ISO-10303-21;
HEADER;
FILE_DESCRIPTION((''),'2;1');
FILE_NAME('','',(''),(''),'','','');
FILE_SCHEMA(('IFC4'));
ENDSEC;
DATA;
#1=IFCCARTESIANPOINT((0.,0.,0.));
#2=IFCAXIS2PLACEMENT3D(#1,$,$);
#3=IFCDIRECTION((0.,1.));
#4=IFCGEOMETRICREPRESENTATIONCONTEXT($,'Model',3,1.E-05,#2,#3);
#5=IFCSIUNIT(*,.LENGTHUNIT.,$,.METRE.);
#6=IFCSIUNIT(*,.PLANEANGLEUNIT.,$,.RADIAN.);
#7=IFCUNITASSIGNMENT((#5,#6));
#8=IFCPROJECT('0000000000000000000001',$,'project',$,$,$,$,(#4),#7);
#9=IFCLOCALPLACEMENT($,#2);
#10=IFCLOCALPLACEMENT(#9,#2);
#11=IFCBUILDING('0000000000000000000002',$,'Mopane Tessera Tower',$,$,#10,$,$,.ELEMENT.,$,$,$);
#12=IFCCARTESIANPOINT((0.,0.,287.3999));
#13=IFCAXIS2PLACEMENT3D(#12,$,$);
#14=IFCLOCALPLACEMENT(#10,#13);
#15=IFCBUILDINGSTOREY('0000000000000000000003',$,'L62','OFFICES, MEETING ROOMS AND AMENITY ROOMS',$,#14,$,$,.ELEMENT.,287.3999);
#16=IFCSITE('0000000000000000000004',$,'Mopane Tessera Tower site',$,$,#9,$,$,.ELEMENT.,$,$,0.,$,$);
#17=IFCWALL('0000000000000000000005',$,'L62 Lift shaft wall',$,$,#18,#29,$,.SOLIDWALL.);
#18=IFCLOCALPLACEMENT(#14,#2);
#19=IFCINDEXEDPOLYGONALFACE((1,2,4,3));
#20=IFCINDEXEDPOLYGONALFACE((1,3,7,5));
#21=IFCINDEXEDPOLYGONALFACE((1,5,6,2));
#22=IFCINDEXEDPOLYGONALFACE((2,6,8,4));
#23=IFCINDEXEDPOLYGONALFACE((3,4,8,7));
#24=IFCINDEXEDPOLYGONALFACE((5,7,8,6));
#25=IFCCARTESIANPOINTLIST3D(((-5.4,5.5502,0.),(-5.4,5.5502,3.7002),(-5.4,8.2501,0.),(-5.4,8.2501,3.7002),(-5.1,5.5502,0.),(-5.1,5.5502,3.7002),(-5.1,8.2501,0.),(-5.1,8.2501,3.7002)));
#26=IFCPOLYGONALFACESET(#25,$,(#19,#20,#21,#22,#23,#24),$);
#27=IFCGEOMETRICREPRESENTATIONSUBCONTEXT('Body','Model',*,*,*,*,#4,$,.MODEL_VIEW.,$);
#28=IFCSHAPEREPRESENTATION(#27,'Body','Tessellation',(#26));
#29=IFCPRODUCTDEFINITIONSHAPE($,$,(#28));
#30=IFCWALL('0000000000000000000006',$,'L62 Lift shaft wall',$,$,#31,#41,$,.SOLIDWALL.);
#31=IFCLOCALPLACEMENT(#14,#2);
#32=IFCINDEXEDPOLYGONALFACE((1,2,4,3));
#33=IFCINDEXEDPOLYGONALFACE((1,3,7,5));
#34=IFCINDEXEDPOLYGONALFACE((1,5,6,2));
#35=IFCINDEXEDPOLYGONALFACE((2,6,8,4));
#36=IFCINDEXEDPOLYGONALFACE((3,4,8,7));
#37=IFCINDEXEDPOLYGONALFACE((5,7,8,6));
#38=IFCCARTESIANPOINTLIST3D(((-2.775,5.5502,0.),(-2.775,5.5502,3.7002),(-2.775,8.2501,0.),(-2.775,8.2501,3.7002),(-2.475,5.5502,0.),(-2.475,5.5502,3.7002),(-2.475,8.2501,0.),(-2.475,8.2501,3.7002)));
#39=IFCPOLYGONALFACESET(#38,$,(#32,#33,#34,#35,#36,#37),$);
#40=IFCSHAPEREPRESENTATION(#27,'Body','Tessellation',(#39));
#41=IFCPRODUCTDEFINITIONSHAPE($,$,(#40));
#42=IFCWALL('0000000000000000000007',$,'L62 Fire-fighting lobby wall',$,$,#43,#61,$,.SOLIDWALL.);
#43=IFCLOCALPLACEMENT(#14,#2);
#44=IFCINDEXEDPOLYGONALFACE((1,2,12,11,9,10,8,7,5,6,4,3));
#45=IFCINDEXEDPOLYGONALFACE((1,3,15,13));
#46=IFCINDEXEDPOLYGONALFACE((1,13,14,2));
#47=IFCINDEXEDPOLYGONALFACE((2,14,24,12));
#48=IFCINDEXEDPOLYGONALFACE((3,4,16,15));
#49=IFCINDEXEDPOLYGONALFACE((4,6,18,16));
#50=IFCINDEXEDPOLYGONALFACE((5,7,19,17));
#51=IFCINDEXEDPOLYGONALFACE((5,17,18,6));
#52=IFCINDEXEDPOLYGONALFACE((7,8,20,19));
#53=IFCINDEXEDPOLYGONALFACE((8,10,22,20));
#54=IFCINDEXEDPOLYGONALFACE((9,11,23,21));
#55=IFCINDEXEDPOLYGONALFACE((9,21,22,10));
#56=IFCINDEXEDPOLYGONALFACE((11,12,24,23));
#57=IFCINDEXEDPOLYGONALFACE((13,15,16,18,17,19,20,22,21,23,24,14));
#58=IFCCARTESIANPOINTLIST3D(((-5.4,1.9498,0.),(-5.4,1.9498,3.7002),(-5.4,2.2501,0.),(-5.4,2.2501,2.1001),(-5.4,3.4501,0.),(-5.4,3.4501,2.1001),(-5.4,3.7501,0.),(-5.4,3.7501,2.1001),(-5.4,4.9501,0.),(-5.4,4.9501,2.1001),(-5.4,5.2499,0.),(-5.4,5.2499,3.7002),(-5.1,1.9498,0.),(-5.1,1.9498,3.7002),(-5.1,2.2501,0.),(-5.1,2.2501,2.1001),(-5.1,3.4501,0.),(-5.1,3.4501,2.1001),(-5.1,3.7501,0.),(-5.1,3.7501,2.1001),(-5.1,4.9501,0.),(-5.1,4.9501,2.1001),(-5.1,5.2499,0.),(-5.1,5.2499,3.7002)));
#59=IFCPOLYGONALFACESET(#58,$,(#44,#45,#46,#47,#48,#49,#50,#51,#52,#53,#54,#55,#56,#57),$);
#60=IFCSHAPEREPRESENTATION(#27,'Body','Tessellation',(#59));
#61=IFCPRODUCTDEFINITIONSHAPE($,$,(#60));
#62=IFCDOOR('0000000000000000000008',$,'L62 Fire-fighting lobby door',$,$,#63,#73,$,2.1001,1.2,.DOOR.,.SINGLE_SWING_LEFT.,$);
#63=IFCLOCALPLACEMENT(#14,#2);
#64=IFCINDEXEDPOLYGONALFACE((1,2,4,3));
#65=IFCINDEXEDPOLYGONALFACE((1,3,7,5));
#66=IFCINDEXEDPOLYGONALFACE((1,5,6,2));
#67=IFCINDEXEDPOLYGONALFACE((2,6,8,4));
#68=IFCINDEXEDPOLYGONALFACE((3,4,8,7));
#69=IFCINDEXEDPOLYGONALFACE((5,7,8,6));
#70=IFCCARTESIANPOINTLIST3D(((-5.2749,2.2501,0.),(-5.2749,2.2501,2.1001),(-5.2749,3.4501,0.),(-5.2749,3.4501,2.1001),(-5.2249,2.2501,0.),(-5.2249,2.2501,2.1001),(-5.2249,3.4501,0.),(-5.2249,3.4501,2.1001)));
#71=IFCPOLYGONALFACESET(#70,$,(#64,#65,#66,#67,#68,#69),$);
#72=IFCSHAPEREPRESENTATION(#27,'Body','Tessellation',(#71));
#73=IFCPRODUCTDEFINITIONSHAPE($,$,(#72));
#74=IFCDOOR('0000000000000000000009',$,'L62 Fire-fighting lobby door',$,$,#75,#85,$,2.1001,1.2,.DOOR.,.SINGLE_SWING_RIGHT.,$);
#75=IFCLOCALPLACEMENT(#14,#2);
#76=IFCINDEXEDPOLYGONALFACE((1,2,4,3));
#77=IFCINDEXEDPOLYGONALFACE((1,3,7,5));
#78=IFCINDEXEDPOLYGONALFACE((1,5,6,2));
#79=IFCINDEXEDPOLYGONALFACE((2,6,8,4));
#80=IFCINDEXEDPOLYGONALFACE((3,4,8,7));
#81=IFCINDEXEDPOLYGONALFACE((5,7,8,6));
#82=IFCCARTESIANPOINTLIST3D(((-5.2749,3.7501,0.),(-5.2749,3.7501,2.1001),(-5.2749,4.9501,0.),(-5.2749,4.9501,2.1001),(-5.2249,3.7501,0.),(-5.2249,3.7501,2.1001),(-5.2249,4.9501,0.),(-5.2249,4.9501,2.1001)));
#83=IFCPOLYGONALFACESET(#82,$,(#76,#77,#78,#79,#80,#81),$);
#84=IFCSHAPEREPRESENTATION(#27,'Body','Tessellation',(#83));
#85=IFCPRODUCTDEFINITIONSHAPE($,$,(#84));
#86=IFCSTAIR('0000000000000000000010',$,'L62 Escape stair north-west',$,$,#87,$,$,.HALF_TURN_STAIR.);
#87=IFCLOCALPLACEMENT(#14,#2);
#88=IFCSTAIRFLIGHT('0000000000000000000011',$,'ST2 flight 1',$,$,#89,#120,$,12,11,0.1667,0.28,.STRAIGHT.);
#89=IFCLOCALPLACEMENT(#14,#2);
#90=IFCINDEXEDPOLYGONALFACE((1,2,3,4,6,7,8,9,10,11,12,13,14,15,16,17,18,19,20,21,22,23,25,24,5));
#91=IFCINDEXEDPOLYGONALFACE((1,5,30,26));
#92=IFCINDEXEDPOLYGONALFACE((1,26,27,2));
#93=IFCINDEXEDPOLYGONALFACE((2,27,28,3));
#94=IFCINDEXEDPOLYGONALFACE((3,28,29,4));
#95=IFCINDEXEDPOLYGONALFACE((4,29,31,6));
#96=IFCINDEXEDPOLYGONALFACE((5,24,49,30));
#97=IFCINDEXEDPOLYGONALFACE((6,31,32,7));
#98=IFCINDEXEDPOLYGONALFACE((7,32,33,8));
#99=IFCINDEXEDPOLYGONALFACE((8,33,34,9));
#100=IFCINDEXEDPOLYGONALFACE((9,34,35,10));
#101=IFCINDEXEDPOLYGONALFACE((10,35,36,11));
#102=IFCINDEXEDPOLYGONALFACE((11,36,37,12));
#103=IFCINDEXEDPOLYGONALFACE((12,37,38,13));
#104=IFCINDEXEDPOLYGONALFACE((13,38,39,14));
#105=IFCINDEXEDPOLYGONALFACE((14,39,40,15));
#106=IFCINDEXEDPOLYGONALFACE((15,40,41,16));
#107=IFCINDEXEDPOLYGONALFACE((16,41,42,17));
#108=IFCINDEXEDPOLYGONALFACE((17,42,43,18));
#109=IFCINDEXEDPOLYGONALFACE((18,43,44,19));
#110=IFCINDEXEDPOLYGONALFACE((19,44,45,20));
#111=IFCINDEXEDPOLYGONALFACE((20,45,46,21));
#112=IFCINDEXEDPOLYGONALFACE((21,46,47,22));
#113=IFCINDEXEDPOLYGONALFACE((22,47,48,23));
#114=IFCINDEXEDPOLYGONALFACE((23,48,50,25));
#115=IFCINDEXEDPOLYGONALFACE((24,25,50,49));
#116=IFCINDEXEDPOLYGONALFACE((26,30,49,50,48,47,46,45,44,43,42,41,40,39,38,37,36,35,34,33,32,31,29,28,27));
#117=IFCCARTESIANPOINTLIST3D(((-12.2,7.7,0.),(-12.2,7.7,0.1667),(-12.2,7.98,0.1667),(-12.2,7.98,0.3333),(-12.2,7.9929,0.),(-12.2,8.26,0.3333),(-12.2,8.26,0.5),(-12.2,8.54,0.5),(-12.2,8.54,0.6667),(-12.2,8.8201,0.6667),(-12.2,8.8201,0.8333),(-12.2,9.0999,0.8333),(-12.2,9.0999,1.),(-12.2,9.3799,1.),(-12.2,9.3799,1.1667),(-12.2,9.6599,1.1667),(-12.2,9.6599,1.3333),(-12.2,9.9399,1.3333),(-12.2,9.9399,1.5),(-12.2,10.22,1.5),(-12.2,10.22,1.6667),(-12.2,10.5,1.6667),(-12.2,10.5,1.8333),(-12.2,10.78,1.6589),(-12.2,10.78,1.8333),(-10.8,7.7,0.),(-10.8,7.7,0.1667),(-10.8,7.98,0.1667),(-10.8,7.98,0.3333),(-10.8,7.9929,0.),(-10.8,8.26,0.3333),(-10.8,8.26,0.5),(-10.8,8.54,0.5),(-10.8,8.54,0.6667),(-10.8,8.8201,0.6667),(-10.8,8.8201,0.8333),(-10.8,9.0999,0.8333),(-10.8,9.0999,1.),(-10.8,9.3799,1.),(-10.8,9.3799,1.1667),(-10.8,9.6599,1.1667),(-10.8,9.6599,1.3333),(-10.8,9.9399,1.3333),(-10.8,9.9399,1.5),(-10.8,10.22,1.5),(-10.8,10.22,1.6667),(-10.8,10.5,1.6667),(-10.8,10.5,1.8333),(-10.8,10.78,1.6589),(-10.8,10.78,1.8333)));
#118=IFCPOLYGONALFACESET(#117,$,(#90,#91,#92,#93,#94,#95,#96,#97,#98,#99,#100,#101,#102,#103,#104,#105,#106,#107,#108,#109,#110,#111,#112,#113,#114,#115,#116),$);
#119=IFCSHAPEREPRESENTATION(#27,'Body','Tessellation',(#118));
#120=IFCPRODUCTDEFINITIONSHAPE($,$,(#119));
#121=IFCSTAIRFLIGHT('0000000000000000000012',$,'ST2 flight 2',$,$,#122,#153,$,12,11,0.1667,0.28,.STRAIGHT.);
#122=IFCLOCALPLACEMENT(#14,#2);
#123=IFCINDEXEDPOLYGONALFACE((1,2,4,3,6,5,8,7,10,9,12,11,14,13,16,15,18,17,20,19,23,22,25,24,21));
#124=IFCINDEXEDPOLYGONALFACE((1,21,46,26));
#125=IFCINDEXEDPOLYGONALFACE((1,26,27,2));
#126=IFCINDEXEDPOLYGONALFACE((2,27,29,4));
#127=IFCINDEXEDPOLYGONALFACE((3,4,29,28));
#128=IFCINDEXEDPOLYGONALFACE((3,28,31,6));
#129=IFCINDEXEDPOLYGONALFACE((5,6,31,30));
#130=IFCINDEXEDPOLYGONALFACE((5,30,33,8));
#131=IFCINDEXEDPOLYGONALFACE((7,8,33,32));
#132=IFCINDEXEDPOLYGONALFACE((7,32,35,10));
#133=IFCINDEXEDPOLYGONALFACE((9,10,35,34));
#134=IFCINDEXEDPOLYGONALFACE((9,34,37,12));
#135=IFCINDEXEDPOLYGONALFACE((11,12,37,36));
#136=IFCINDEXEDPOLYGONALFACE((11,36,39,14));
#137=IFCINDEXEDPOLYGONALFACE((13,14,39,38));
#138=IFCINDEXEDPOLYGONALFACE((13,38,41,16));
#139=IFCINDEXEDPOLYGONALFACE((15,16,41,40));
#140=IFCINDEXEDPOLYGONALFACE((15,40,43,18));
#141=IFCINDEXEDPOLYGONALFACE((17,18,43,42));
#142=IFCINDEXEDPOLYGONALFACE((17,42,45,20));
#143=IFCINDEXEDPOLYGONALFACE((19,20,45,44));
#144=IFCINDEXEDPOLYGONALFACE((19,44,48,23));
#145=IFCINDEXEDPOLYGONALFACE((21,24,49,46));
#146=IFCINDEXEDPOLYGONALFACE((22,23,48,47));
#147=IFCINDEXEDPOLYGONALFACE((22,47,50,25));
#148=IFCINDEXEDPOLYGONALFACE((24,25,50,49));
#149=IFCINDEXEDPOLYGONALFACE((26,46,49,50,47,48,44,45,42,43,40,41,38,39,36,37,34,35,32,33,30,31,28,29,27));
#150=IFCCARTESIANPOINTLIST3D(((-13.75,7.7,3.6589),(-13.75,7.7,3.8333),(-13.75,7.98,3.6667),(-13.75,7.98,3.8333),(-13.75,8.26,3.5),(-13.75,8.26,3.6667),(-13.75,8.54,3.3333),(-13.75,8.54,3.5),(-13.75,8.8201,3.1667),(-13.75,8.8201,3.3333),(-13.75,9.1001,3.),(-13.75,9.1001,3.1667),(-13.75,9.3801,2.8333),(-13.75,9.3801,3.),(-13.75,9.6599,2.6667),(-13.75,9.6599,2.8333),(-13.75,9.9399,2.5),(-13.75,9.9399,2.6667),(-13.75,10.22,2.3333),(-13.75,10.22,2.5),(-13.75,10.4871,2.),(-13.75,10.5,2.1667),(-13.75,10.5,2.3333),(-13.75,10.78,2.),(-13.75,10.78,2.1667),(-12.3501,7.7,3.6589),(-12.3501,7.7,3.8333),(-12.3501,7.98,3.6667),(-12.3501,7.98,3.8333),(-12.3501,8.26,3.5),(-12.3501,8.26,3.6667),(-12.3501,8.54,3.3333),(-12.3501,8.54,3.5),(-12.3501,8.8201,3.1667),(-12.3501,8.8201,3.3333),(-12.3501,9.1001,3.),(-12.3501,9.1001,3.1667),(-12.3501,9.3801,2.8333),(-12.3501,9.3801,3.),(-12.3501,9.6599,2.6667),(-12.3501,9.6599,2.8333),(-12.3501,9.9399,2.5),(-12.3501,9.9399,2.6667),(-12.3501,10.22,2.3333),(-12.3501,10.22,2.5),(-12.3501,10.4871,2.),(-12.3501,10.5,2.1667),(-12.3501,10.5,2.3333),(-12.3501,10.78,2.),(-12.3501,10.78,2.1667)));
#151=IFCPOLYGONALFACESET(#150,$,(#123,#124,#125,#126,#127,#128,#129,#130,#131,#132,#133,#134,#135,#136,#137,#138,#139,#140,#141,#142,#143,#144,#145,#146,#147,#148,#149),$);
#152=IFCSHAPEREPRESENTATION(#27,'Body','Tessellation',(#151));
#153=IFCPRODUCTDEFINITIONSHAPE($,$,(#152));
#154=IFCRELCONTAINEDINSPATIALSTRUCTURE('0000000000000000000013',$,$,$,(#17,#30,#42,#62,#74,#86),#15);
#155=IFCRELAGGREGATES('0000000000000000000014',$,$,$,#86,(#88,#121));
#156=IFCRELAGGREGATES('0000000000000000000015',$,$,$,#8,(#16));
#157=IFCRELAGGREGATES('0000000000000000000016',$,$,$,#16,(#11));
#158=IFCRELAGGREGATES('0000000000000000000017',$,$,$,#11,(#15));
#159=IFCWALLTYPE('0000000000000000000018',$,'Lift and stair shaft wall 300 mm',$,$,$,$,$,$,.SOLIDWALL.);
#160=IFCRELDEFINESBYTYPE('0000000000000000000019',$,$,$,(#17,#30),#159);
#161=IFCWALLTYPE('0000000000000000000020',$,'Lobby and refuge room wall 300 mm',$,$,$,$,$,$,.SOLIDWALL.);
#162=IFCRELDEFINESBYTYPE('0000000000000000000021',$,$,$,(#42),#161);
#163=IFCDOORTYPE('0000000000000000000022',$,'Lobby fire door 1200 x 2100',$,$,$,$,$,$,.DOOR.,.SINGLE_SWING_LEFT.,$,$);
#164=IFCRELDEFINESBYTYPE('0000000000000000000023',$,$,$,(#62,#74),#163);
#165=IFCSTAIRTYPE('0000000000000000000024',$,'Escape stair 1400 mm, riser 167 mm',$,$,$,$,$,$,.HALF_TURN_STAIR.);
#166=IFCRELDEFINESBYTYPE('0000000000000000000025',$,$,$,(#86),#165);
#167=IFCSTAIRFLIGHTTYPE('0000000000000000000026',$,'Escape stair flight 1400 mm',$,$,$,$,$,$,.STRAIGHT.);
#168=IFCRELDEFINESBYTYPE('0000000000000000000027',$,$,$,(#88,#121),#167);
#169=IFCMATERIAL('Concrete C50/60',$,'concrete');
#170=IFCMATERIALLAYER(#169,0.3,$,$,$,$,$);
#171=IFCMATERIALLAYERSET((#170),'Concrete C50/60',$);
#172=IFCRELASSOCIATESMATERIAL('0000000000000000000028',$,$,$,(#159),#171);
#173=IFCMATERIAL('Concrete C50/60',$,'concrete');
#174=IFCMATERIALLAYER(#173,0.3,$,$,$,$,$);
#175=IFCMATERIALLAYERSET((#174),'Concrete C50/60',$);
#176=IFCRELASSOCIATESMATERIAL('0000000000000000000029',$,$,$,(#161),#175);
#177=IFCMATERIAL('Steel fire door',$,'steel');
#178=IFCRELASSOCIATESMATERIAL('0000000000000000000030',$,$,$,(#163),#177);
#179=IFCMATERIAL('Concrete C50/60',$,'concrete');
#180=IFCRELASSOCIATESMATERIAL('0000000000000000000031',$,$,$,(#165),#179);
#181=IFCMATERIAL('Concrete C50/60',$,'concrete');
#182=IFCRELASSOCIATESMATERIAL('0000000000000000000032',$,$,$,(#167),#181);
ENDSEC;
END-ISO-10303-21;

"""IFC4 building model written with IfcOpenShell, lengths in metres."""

from ifc_helpers import new_model, si_unit, direction, frame, frame_2d, origin, place, context, subcontext, project, spatial, polyline, rectangle, outline, extrude, material, layer, layer_set, type_object, element, fill, aggregate, save


model = new_model("IFC4")

# Units and contexts
model_context = context("Model", 3, precision=1e-05, world=origin(), true_north=direction((0.0, 1.0)))
body_context = subcontext(model_context, "Body", "Model", "MODEL_VIEW")
ifc_project = project(units=[si_unit("LENGTHUNIT", "METRE"), si_unit("PLANEANGLEUNIT", "RADIAN")], contexts=[model_context])

# Site, building, storey
site_placement = place(None, origin())
site = spatial("IfcSite", under=ifc_project, at=site_placement, Name="Mopane Tessera Tower site", CompositionType="ELEMENT", RefElevation=0.0)
building_placement = place(site_placement, origin())
building = spatial("IfcBuilding", under=site, at=building_placement, Name="Mopane Tessera Tower", CompositionType="ELEMENT")
storey_placement = place(building_placement, frame((0.0, 0.0, 287.3999)))
storey = spatial("IfcBuildingStorey", under=building, at=storey_placement, Name="L62", Description="OFFICES, MEETING ROOMS AND AMENITY ROOMS", CompositionType="ELEMENT", Elevation=287.3999)

# Shared definitions
ifc_material_1 = material(Name="Concrete C50/60", Category="concrete")
ifc_layer_1 = layer(ifc_material_1, 0.3)
ifc_layer_set_1 = layer_set([ifc_layer_1], Name="Concrete C50/60")
wall_type_1 = type_object("IfcWallType", Name="Lift and stair shaft wall 300 mm", PredefinedType="SOLIDWALL", material=ifc_layer_set_1)

# Walls
for number, where, z_axis, x_axis, name in (
    (1, (-5.25, 5.55, 0.0), (0.0, 0.0, 1.0), (0.0, 1.0, 0.0), "L62 Lift shaft wall"),
    (2, (-2.625, 5.55, 0.0), (0.0, 0.0, 1.0), (0.0, 1.0, 0.0), "L62 Lift shaft wall"),
):
    element("IfcWall", number, at=place(storey_placement, frame(where, z_axis=z_axis, x_axis=x_axis)), inside=storey, type_object=wall_type_1, Name=name, PredefinedType="SOLIDWALL", context=body_context, shape_type="SweptSolid", body=[
        extrude(rectangle(XDim=2.7, YDim=0.3, at=frame_2d((1.3501, 0.0))), origin(), (0.0, 0.0, 1.0), 3.7002),
    ])

# Wall, openings, doors
ifc_material_2 = material(Name="Concrete C50/60", Category="concrete")
ifc_layer_2 = layer(ifc_material_2, 0.3)
ifc_layer_set_2 = layer_set([ifc_layer_2], Name="Concrete C50/60")
wall_type_2 = type_object("IfcWallType", Name="Lobby and refuge room wall 300 mm", PredefinedType="SOLIDWALL", material=ifc_layer_set_2)
wall_1_placement = place(storey_placement, frame((-5.25, 1.95, 0.0), z_axis=(0.0, 0.0, 1.0), x_axis=(0.0, 1.0, 0.0)))
wall_1 = element("IfcWall", 3, at=wall_1_placement, inside=storey, type_object=wall_type_2, Name="L62 Fire-fighting lobby wall", PredefinedType="SOLIDWALL", context=body_context, shape_type="SweptSolid", body=[
    extrude(rectangle(XDim=3.3, YDim=0.3, at=frame_2d((1.6499, 0.0))), origin(), (0.0, 0.0, 1.0), 3.7002),
])
opening_1_placement = place(wall_1_placement, frame((0.3, 0.0, 0.0)))
opening_1 = element("IfcOpeningElement", 4, at=opening_1_placement, cuts=wall_1, PredefinedType="OPENING", context=body_context, shape_type="SweptSolid", body=[
    extrude(rectangle(XDim=1.2, YDim=2.1001, at=frame_2d((0.6001, 1.05))), frame((0.0, 0.1621, 0.0), z_axis=(0.0, -1.0, 0.0), x_axis=(1.0, 0.0, 0.0)), (0.0, 0.0, 1.0), 0.324),
])
opening_2_placement = place(wall_1_placement, frame((1.8, 0.0, 0.0)))
opening_2 = element("IfcOpeningElement", 5, at=opening_2_placement, cuts=wall_1, PredefinedType="OPENING", context=body_context, shape_type="SweptSolid", body=[
    extrude(rectangle(XDim=1.2, YDim=2.1001, at=frame_2d((0.6001, 1.05))), frame((0.0, 0.1621, 0.0), z_axis=(0.0, -1.0, 0.0), x_axis=(1.0, 0.0, 0.0)), (0.0, 0.0, 1.0), 0.324),
])
ifc_material_3 = material(Name="Steel fire door", Category="steel")
door_type_1 = type_object("IfcDoorType", Name="Lobby fire door 1200 x 2100", OperationType="SINGLE_SWING_LEFT", PredefinedType="DOOR", material=ifc_material_3)
door_1_placement = place(opening_1_placement, origin())
door_1 = element("IfcDoor", 6, at=door_1_placement, inside=storey, type_object=door_type_1, Name="L62 Fire-fighting lobby door", OperationType="SINGLE_SWING_LEFT", OverallHeight=2.1001, OverallWidth=1.2, PredefinedType="DOOR", context=body_context, shape_type="SweptSolid", body=[
    extrude(rectangle(XDim=1.2, YDim=2.1001, at=frame_2d((0.6001, 1.05))), frame((0.0, 0.0249, 0.0), z_axis=(0.0, -1.0, 0.0), x_axis=(1.0, 0.0, 0.0)), (0.0, 0.0, 1.0), 0.05),
])
fill(opening_1, door_1)
door_2_placement = place(opening_2_placement, origin())
door_2 = element("IfcDoor", 7, at=door_2_placement, inside=storey, type_object=door_type_1, Name="L62 Fire-fighting lobby door", OperationType="SINGLE_SWING_RIGHT", OverallHeight=2.1001, OverallWidth=1.2, PredefinedType="DOOR", context=body_context, shape_type="SweptSolid", body=[
    extrude(rectangle(XDim=1.2, YDim=2.1001, at=frame_2d((0.6001, 1.05))), frame((0.0, 0.0249, 0.0), z_axis=(0.0, -1.0, 0.0), x_axis=(1.0, 0.0, 0.0)), (0.0, 0.0, 1.0), 0.05),
])
fill(opening_2, door_2)

# Stair, stair flights
ifc_material_4 = material(Name="Concrete C50/60", Category="concrete")
stair_type = type_object("IfcStairType", Name="Escape stair 1400 mm, riser 167 mm", PredefinedType="HALF_TURN_STAIR", material=ifc_material_4)
stair_placement = place(storey_placement, origin())
stair = element("IfcStair", 8, at=stair_placement, inside=storey, type_object=stair_type, Name="L62 Escape stair north-west", PredefinedType="HALF_TURN_STAIR")
ifc_material_5 = material(Name="Concrete C50/60", Category="concrete")
stair_flight_type = type_object("IfcStairFlightType", Name="Escape stair flight 1400 mm", PredefinedType="STRAIGHT", material=ifc_material_5)
stair_flight_1_placement = place(storey_placement, frame((-11.5, 7.7, 0.0), z_axis=(0.0, 0.0, 1.0), x_axis=(0.0, 1.0, 0.0)))
stair_flight_1 = element("IfcStairFlight", 9, at=stair_flight_1_placement, type_object=stair_flight_type, Name="ST2 flight 1", NumberOfRisers=12, NumberOfTreads=11, PredefinedType="STRAIGHT", RiserHeight=0.1667, TreadLength=0.28, context=body_context, shape_type="SweptSolid", body=[
    extrude(outline(polyline([(0.0, 0.0), (0.0, 0.1667), (0.28, 0.1667), (0.28, 0.3333), (0.5601, 0.3333), (0.5601, 0.5), (0.8401, 0.5), (0.8401, 0.6667), (1.1201, 0.6667), (1.1201, 0.8333), (1.3999, 0.8333), (1.3999, 1.0), (1.6799, 1.0), (1.6799, 1.1667), (1.96, 1.1667), (1.96, 1.3333), (2.24, 1.3333), (2.24, 1.5), (2.52, 1.5), (2.52, 1.6667), (2.8, 1.6667), (2.8, 1.8333), (3.0801, 1.8333), (3.0801, 2.0), (3.0801, 1.6589), (0.293, 0.0), (0.0, 0.0)])), frame((0.0, 0.7, 0.0), z_axis=(0.0, -1.0, 0.0), x_axis=(1.0, 0.0, 0.0)), (0.0, 0.0, 1.0), 1.3999),
])
stair_flight_2_placement = place(storey_placement, frame((-13.05, 10.78, 2.0), z_axis=(0.0, 0.0, 1.0), x_axis=(0.0, -1.0, 0.0)))
stair_flight_2 = element("IfcStairFlight", 10, at=stair_flight_2_placement, type_object=stair_flight_type, Name="ST2 flight 2", NumberOfRisers=12, NumberOfTreads=11, PredefinedType="STRAIGHT", RiserHeight=0.1667, TreadLength=0.28, context=body_context, shape_type="SweptSolid", body=[
    extrude(outline(polyline([(0.0, 0.0), (0.0, 0.1667), (0.28, 0.1667), (0.28, 0.3333), (0.5601, 0.3333), (0.5601, 0.5), (0.8401, 0.5), (0.8401, 0.6667), (1.1201, 0.6667), (1.1201, 0.8333), (1.3999, 0.8333), (1.3999, 1.0), (1.6799, 1.0), (1.6799, 1.1667), (1.96, 1.1667), (1.96, 1.3333), (2.24, 1.3333), (2.24, 1.5), (2.52, 1.5), (2.52, 1.6667), (2.8, 1.6667), (2.8, 1.8333), (3.0801, 1.8333), (3.0801, 2.0), (3.0801, 1.6589), (0.293, 0.0), (0.0, 0.0)])), frame((0.0, 0.7, 0.0), z_axis=(0.0, -1.0, 0.0), x_axis=(1.0, 0.0, 0.0)), (0.0, 0.0, 1.0), 1.3999),
])
aggregate(stair, [stair_flight_1, stair_flight_2])

save(model, "model.ifc")
